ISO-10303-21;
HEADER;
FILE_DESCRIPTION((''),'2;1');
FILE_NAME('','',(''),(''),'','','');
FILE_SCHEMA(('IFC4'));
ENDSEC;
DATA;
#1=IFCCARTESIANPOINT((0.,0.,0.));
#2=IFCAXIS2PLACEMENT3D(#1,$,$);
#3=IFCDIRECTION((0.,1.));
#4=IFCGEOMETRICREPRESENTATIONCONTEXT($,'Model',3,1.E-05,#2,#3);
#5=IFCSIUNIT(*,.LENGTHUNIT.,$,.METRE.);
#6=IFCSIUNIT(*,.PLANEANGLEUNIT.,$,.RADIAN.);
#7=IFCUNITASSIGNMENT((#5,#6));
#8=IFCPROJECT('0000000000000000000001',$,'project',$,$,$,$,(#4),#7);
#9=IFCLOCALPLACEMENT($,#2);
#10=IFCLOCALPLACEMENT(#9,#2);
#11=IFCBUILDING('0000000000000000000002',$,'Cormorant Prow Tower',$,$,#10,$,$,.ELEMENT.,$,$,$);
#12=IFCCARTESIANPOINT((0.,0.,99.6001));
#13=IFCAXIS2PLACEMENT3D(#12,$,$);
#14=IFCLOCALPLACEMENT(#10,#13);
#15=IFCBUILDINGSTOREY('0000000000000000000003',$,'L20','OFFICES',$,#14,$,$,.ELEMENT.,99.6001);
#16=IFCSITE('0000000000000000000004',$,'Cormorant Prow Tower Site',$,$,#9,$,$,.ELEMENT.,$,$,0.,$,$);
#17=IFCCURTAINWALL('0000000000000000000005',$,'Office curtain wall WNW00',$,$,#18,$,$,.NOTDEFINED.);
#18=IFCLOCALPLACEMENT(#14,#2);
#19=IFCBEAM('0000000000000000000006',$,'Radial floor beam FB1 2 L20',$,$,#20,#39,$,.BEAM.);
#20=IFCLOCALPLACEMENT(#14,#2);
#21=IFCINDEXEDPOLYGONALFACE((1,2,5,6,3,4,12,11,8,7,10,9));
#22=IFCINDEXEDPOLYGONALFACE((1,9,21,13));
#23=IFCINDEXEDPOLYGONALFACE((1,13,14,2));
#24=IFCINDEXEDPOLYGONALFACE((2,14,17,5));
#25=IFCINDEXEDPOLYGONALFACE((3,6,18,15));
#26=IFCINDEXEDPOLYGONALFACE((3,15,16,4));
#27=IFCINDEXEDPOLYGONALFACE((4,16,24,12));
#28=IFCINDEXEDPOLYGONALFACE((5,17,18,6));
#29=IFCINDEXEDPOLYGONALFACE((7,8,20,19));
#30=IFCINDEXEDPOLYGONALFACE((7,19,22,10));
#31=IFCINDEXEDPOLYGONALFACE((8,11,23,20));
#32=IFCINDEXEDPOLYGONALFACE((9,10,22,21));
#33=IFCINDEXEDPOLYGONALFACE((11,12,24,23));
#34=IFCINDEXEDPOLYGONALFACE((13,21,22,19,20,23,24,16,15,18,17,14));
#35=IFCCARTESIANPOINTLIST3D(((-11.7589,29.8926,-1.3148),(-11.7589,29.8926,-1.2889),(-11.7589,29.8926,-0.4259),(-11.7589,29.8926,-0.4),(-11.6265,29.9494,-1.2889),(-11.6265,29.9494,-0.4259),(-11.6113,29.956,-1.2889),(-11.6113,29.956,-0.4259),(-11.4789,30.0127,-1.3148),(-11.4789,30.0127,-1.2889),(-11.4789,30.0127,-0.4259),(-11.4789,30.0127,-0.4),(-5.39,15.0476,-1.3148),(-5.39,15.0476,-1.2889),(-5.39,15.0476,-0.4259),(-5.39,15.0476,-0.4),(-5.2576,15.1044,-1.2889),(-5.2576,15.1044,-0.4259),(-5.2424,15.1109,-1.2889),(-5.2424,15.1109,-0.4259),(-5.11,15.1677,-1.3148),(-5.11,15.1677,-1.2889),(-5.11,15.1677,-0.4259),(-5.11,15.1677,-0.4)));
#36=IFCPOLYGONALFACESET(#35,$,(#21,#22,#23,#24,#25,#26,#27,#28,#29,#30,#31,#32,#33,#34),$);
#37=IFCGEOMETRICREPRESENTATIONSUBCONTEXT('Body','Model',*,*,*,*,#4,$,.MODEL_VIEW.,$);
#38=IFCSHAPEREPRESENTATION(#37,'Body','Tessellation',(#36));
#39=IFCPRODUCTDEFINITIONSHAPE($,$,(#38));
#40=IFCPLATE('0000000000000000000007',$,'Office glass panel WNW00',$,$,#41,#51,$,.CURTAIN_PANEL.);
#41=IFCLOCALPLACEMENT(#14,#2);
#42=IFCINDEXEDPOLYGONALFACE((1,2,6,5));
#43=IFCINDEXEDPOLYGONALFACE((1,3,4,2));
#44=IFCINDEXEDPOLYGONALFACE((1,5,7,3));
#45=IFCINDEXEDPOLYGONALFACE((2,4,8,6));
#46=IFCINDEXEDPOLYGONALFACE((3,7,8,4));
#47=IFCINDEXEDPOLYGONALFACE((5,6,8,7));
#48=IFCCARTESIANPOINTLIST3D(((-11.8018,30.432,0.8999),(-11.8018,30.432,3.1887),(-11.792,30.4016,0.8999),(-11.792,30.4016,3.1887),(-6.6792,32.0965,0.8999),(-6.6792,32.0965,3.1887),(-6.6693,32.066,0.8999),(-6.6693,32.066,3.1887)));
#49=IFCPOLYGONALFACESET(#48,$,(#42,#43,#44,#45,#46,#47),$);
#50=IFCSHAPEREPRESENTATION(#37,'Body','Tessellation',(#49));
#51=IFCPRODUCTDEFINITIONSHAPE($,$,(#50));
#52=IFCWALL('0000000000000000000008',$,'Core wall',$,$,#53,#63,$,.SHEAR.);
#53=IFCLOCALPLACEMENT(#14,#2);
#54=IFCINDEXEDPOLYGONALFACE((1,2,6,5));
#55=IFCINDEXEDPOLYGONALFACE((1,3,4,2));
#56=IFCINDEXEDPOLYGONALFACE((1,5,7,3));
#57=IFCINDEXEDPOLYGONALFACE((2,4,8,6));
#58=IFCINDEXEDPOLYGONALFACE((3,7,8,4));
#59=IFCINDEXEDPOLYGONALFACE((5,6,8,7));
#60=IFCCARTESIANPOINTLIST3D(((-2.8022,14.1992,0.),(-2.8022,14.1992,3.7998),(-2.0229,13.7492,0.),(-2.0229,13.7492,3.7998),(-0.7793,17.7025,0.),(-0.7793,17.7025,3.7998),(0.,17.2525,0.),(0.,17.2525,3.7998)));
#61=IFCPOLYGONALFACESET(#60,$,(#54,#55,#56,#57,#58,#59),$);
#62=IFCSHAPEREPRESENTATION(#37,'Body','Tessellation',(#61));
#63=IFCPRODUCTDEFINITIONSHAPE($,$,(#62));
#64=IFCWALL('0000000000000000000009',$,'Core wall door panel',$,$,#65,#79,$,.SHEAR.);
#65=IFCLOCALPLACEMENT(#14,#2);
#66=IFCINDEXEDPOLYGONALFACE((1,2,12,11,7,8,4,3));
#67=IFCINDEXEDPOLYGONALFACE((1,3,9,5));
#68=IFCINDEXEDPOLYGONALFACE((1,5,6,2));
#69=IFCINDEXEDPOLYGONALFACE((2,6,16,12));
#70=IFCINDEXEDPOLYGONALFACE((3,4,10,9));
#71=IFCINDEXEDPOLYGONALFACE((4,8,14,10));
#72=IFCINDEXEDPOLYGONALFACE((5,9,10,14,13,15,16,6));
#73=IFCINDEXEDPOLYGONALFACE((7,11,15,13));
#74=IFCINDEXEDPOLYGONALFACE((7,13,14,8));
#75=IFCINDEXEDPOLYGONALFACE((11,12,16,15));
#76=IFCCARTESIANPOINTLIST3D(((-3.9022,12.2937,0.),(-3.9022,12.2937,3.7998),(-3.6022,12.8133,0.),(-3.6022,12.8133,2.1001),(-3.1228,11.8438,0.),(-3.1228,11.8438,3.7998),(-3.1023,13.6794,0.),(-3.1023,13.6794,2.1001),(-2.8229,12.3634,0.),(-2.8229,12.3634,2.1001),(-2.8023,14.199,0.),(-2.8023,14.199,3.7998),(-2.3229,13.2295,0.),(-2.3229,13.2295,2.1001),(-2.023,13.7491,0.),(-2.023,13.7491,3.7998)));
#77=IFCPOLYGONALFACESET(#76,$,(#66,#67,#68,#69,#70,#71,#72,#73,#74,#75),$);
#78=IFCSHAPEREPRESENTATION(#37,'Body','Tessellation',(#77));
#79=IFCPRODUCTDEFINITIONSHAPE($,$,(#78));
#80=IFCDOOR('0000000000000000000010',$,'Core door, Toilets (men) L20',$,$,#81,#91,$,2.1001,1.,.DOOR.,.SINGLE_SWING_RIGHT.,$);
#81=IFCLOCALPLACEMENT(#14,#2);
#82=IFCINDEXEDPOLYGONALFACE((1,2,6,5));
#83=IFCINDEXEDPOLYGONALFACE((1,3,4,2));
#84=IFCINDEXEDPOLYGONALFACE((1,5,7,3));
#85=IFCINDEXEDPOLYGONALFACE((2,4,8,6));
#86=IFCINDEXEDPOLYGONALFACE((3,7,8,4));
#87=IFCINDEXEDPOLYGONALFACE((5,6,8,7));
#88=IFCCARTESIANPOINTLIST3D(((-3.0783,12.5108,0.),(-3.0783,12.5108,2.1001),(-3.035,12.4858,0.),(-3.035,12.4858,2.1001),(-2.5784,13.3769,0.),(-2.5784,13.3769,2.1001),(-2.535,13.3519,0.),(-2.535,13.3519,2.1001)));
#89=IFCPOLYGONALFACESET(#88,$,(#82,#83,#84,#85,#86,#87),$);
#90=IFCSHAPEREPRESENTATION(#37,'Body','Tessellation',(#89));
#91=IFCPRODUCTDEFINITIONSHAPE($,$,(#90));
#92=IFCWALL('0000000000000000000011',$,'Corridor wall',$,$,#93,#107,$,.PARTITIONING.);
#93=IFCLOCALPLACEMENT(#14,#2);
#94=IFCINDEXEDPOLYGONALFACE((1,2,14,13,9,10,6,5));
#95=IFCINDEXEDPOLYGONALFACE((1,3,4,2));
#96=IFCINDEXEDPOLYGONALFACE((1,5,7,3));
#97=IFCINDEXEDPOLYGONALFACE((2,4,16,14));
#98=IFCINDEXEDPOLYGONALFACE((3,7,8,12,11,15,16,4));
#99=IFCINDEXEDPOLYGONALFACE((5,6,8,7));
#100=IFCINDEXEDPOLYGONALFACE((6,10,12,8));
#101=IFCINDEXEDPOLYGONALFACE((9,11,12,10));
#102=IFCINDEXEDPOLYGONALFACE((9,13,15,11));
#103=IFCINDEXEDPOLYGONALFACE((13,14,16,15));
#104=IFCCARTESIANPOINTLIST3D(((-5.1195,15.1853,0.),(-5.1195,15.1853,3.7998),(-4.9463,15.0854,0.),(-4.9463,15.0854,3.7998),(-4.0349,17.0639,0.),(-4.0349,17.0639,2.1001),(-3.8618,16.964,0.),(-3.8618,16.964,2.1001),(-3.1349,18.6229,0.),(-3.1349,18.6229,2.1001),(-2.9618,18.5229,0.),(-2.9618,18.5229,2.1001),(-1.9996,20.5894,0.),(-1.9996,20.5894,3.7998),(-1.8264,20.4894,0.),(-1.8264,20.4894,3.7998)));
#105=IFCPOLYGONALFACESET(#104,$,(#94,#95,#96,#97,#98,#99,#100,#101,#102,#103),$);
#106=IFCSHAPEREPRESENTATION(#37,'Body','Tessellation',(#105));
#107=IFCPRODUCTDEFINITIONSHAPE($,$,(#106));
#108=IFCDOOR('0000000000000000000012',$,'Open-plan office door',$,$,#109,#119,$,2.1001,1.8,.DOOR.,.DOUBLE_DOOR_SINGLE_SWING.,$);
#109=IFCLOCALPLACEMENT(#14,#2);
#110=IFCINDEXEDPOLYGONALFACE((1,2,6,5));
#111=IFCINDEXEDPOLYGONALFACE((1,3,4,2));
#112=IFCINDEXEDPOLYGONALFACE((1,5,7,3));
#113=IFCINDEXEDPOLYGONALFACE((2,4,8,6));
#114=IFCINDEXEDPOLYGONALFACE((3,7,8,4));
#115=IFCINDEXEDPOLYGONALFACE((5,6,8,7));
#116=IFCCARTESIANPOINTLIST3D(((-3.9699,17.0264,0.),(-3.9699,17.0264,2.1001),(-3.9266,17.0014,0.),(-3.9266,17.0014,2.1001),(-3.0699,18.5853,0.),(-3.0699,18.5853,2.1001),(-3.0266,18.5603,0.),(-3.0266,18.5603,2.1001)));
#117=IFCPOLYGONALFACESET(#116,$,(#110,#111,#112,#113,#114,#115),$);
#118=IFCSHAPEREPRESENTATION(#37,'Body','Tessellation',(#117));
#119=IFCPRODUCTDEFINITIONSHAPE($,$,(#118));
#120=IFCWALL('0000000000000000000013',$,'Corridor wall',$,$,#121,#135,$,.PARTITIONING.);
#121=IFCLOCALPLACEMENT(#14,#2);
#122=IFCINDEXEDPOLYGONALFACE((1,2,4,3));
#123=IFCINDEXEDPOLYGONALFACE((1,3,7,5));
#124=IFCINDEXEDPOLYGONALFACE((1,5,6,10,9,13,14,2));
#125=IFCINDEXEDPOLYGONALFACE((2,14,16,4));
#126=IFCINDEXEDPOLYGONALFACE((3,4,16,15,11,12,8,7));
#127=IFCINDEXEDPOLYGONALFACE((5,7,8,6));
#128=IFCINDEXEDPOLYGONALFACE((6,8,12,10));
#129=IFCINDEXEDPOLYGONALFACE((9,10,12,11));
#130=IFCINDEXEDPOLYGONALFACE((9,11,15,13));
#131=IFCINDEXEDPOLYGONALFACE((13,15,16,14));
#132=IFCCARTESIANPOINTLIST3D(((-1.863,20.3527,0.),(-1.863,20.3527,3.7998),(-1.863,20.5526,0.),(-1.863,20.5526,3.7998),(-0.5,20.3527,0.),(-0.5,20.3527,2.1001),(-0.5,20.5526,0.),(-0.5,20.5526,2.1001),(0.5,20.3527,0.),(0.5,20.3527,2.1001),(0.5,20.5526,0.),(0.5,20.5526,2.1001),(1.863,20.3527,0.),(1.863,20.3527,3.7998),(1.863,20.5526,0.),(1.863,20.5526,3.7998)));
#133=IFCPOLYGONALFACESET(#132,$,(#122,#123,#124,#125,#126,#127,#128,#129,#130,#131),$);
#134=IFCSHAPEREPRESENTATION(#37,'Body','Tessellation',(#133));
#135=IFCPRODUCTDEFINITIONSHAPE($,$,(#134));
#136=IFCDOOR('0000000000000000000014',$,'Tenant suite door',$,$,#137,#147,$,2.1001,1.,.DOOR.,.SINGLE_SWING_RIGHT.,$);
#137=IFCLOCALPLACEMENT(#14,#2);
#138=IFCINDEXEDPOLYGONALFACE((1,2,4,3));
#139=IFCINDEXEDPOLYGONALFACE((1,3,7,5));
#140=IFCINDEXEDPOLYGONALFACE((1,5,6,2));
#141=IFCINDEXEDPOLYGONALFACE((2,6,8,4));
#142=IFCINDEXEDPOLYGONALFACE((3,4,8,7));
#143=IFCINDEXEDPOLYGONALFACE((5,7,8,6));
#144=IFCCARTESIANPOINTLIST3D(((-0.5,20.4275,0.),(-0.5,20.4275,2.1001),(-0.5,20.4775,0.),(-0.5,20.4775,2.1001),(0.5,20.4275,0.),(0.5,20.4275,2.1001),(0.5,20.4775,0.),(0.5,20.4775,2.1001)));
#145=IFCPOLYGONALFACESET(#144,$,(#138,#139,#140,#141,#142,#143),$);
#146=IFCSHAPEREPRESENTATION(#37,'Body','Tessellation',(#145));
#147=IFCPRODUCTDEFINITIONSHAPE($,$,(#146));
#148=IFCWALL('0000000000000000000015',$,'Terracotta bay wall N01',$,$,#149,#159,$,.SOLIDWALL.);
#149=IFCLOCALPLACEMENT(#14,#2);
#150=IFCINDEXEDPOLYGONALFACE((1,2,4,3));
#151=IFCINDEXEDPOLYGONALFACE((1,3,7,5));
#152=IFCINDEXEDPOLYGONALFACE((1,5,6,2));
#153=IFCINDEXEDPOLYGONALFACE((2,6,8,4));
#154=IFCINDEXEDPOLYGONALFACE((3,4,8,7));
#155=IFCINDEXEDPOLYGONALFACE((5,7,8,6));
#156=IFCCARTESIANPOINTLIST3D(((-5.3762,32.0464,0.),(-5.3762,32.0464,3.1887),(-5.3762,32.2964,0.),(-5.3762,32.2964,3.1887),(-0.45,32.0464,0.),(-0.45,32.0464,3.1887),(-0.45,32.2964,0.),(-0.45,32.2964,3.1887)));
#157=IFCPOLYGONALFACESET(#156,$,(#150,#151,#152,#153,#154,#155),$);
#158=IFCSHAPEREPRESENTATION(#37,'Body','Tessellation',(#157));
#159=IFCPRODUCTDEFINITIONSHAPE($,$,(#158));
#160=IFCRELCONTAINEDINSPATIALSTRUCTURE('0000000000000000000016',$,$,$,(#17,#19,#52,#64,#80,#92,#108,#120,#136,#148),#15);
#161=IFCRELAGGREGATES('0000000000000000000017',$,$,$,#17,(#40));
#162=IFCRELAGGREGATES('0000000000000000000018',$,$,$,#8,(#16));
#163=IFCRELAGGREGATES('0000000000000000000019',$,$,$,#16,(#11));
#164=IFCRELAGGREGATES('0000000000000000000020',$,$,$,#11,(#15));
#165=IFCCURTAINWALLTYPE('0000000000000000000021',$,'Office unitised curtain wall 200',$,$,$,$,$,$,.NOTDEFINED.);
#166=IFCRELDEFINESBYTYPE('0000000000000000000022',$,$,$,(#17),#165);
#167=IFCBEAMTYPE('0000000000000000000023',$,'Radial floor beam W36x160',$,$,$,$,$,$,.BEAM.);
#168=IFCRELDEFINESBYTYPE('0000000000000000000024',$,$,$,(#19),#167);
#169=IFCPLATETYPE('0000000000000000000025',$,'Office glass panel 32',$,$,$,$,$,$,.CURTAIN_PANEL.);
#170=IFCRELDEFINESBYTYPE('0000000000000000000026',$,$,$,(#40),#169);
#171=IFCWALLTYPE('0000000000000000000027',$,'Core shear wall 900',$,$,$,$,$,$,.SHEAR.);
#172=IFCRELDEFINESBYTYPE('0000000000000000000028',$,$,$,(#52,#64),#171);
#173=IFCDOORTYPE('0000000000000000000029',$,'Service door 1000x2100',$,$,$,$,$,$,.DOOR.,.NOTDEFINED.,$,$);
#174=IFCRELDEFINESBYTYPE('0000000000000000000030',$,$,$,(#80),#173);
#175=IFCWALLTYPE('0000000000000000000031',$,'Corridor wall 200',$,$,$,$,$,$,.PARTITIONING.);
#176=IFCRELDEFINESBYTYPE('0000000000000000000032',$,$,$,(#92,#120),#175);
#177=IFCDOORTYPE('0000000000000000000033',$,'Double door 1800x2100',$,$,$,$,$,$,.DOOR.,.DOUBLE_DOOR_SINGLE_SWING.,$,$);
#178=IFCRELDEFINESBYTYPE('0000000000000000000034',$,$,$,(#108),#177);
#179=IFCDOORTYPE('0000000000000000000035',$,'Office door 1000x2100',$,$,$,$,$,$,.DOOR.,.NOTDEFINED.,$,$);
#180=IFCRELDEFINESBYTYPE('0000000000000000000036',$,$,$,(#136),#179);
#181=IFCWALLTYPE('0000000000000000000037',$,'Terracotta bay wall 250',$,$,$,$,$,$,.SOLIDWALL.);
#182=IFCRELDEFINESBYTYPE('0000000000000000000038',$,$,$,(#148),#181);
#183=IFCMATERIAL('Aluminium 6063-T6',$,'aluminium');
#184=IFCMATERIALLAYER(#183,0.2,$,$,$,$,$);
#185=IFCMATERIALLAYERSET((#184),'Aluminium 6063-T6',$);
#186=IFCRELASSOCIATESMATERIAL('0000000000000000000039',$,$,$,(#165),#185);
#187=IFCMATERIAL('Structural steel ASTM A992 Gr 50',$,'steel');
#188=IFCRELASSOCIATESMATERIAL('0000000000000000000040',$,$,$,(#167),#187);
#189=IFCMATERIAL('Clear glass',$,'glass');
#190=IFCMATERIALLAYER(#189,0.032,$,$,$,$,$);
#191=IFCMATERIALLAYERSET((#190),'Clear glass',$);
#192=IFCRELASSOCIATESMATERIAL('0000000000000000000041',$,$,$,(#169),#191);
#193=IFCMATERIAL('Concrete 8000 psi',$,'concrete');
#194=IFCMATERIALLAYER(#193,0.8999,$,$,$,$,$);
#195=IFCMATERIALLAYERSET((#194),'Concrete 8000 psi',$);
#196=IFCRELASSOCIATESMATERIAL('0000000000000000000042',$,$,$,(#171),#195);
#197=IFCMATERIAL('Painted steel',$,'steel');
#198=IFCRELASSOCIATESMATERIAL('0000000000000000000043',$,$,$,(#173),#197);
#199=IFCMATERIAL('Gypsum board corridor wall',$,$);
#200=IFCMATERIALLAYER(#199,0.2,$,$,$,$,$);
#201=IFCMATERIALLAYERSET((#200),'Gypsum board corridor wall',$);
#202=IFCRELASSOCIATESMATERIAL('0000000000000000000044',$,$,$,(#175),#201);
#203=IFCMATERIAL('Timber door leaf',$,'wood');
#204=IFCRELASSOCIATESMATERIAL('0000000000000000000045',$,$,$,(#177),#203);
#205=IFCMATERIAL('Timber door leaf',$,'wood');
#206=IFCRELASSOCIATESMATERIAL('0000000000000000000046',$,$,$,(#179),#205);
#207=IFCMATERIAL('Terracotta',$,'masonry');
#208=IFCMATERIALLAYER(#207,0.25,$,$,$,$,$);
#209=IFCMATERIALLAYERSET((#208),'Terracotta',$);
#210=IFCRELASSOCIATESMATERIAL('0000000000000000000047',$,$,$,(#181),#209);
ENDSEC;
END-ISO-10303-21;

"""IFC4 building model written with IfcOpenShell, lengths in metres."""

from ifc_helpers import new_model, si_unit, direction, frame, frame_2d, origin, origin_2d, place, context, subcontext, project, spatial, rectangle, i_section, extrude, material, layer, layer_set, material_profile, profile_set, type_object, element, fill, aggregate, save


model = new_model("IFC4")

# Units and contexts
model_context = context("Model", 3, precision=1e-05, world=origin(), true_north=direction((0.0, 1.0)))
body_context = subcontext(model_context, "Body", "Model", "MODEL_VIEW")
ifc_project = project(units=[si_unit("LENGTHUNIT", "METRE"), si_unit("PLANEANGLEUNIT", "RADIAN")], contexts=[model_context])

# Site, building, storey
site_placement = place(None, origin())
site = spatial("IfcSite", under=ifc_project, at=site_placement, Name="Cormorant Prow Tower Site", CompositionType="ELEMENT", RefElevation=0.0)
building_placement = place(site_placement, origin())
building = spatial("IfcBuilding", under=site, at=building_placement, Name="Cormorant Prow Tower", CompositionType="ELEMENT")
storey_placement = place(building_placement, frame((0.0, 0.0, 99.6001)))
storey = spatial("IfcBuildingStorey", under=building, at=storey_placement, Name="L20", Description="OFFICES", CompositionType="ELEMENT", Elevation=99.6001)

# Curtain wall
ifc_material_1 = material(Name="Aluminium 6063-T6", Category="aluminium")
ifc_layer_1 = layer(ifc_material_1, 0.2)
ifc_layer_set_1 = layer_set([ifc_layer_1], Name="Aluminium 6063-T6")
curtain_wall_type = type_object("IfcCurtainWallType", Name="Office unitised curtain wall 200", PredefinedType="NOTDEFINED", material=ifc_layer_set_1)
curtain_wall_placement = place(storey_placement, origin())
curtain_wall = element("IfcCurtainWall", 1, at=curtain_wall_placement, inside=storey, type_object=curtain_wall_type, Name="Office curtain wall WNW00", PredefinedType="NOTDEFINED")

# Beam
ifc_material_2 = material(Name="Structural steel ASTM A992 Gr 50", Category="steel")
ifc_material_profile_1 = material_profile(ifc_material_2, i_section(OverallWidth=0.3047, OverallDepth=0.9148, WebThickness=0.0166, FlangeThickness=0.0259, at=origin_2d()), Name="W36x160")
ifc_profile_set_1 = profile_set([ifc_material_profile_1], Name="Structural steel ASTM A992 Gr 50")
beam_type_1 = type_object("IfcBeamType", Name="Radial floor beam W36x160", PredefinedType="BEAM", material=ifc_profile_set_1)
beam_1_placement = place(storey_placement, frame((-5.25, 15.1077, -0.8574), z_axis=(-0.394273, 0.918993, 0.0), x_axis=(-0.918993, -0.394273, 0.0)))
element("IfcBeam", 2, at=beam_1_placement, inside=storey, type_object=beam_type_1, Name="Radial floor beam FB1 2 L20", PredefinedType="BEAM", context=body_context, shape_type="SweptSolid", body=[
    extrude(i_section(OverallWidth=0.3047, OverallDepth=0.9148, WebThickness=0.0166, FlangeThickness=0.0259, at=origin_2d()), origin(), (0.0, 0.0, 1.0), 16.1536),
])

# Plate
ifc_material_3 = material(Name="Clear glass", Category="glass")
ifc_layer_2 = layer(ifc_material_3, 0.032)
ifc_layer_set_2 = layer_set([ifc_layer_2], Name="Clear glass")
plate_type = type_object("IfcPlateType", Name="Office glass panel 32", PredefinedType="CURTAIN_PANEL", material=ifc_layer_set_2)
plate_placement = place(storey_placement, frame((-9.2356, 31.249, 0.8999), z_axis=(0.0, 0.0, 1.0), x_axis=(-0.951057, -0.309017, 0.0)))
plate = element("IfcPlate", 3, at=plate_placement, type_object=plate_type, Name="Office glass panel WNW00", PredefinedType="CURTAIN_PANEL", context=body_context, shape_type="SweptSolid", body=[
    extrude(rectangle(XDim=5.3862, YDim=0.032, at=origin_2d()), origin(), (0.0, 0.0, 1.0), 2.2888),
])
aggregate(curtain_wall, [plate])

# Wall
ifc_material_4 = material(Name="Concrete 8000 psi", Category="concrete")
ifc_layer_3 = layer(ifc_material_4, 0.8999)
ifc_layer_set_3 = layer_set([ifc_layer_3], Name="Concrete 8000 psi")
wall_type_1 = type_object("IfcWallType", Name="Core shear wall 900", PredefinedType="SHEAR", material=ifc_layer_set_3)
wall_1_placement = place(storey_placement, frame((-0.3896, 17.4775, 0.0), z_axis=(0.0, 0.0, 1.0), x_axis=(-0.500046, -0.865999, 0.0)))
element("IfcWall", 4, at=wall_1_placement, inside=storey, type_object=wall_type_1, Name="Core wall", PredefinedType="SHEAR", context=body_context, shape_type="SweptSolid", body=[
    extrude(rectangle(XDim=4.0454, YDim=0.8999, at=frame_2d((2.0227, 0.0))), origin(), (0.0, 0.0, 1.0), 3.7998),
])

# Walls, openings, doors
wall_2_placement = place(storey_placement, frame((-2.4126, 13.9741, 0.0), z_axis=(0.0, 0.0, 1.0), x_axis=(-0.499947, -0.866056, 0.0)))
wall_2 = element("IfcWall", 5, at=wall_2_placement, inside=storey, type_object=wall_type_1, Name="Core wall door panel", PredefinedType="SHEAR", context=body_context, shape_type="SweptSolid", body=[
    extrude(rectangle(XDim=2.2, YDim=0.8999, at=frame_2d((1.1001, 0.0))), origin(), (0.0, 0.0, 1.0), 3.7998),
])
opening_1_placement = place(wall_2_placement, frame((0.6001, 0.0, 0.0)))
opening_1 = element("IfcOpeningElement", 6, at=opening_1_placement, cuts=wall_2, PredefinedType="OPENING", context=body_context, shape_type="SweptSolid", body=[
    extrude(rectangle(XDim=1.0, YDim=2.1001, at=frame_2d((0.5, 1.05))), frame((0.0, 0.46, 0.0), z_axis=(0.0, -1.0, 0.0), x_axis=(1.0, 0.0, 0.0)), (0.0, 0.0, 1.0), 0.9199),
])
ifc_material_5 = material(Name="Painted steel", Category="steel")
door_type_1 = type_object("IfcDoorType", Name="Service door 1000x2100", OperationType="NOTDEFINED", PredefinedType="DOOR", material=ifc_material_5)
door_1_placement = place(opening_1_placement, origin())
door_1 = element("IfcDoor", 7, at=door_1_placement, inside=storey, type_object=door_type_1, Name="Core door, Toilets (men) L20", OperationType="SINGLE_SWING_RIGHT", OverallHeight=2.1001, OverallWidth=1.0, PredefinedType="DOOR", context=body_context, shape_type="SweptSolid", body=[
    extrude(rectangle(XDim=1.0, YDim=2.1001, at=frame_2d((0.5, 1.05))), frame((0.0, 0.2051, 0.0), z_axis=(0.0, -1.0, 0.0), x_axis=(1.0, 0.0, 0.0)), (0.0, 0.0, 1.0), 0.05),
])
fill(opening_1, door_1)
ifc_material_6 = material(Name="Gypsum board corridor wall")
ifc_layer_4 = layer(ifc_material_6, 0.2)
ifc_layer_set_4 = layer_set([ifc_layer_4], Name="Gypsum board corridor wall")
wall_type_2 = type_object("IfcWallType", Name="Corridor wall 200", PredefinedType="PARTITIONING", material=ifc_layer_set_4)
wall_3_placement = place(storey_placement, frame((-5.033, 15.1353, 0.0), z_axis=(0.0, 0.0, 1.0), x_axis=(0.499981, 0.866036, 0.0)))
wall_3 = element("IfcWall", 8, at=wall_3_placement, inside=storey, type_object=wall_type_2, Name="Corridor wall", PredefinedType="PARTITIONING", context=body_context, shape_type="SweptSolid", body=[
    extrude(rectangle(XDim=6.24, YDim=0.2, at=frame_2d((3.1201, 0.0))), origin(), (0.0, 0.0, 1.0), 3.7998),
])
opening_2_placement = place(wall_3_placement, frame((2.1694, 0.0, 0.0)))
opening_2 = element("IfcOpeningElement", 9, at=opening_2_placement, cuts=wall_3, PredefinedType="OPENING", context=body_context, shape_type="SweptSolid", body=[
    extrude(rectangle(XDim=1.8, YDim=2.1001, at=frame_2d((0.8999, 1.05))), frame((0.0, 0.1099, 0.0), z_axis=(0.0, -1.0, 0.0), x_axis=(1.0, 0.0, 0.0)), (0.0, 0.0, 1.0), 0.22),
])
ifc_material_7 = material(Name="Timber door leaf", Category="wood")
door_type_2 = type_object("IfcDoorType", Name="Double door 1800x2100", OperationType="DOUBLE_DOOR_SINGLE_SWING", PredefinedType="DOOR", material=ifc_material_7)
door_2_placement = place(opening_2_placement, origin())
door_2 = element("IfcDoor", 10, at=door_2_placement, inside=storey, type_object=door_type_2, Name="Open-plan office door", OperationType="DOUBLE_DOOR_SINGLE_SWING", OverallHeight=2.1001, OverallWidth=1.8, PredefinedType="DOOR", context=body_context, shape_type="SweptSolid", body=[
    extrude(rectangle(XDim=1.8, YDim=2.1001, at=frame_2d((0.8999, 1.05))), frame((0.0, 0.0249, 0.0), z_axis=(0.0, -1.0, 0.0), x_axis=(1.0, 0.0, 0.0)), (0.0, 0.0, 1.0), 0.05),
])
fill(opening_2, door_2)
wall_4_placement = place(storey_placement, frame((-1.863, 20.4526, 0.0), z_axis=(0.0, 0.0, 1.0), x_axis=(1.0, 0.0, 0.0)))
wall_4 = element("IfcWall", 11, at=wall_4_placement, inside=storey, type_object=wall_type_2, Name="Corridor wall", PredefinedType="PARTITIONING", context=body_context, shape_type="SweptSolid", body=[
    extrude(rectangle(XDim=3.7261, YDim=0.2, at=frame_2d((1.863, 0.0))), origin(), (0.0, 0.0, 1.0), 3.7998),
])
opening_3_placement = place(wall_4_placement, frame((1.363, 0.0, 0.0)))
opening_3 = element("IfcOpeningElement", 12, at=opening_3_placement, cuts=wall_4, PredefinedType="OPENING", context=body_context, shape_type="SweptSolid", body=[
    extrude(rectangle(XDim=1.0, YDim=2.1001, at=frame_2d((0.5, 1.05))), frame((0.0, 0.1099, 0.0), z_axis=(0.0, -1.0, 0.0), x_axis=(1.0, 0.0, 0.0)), (0.0, 0.0, 1.0), 0.22),
])
ifc_material_8 = material(Name="Timber door leaf", Category="wood")
door_type_3 = type_object("IfcDoorType", Name="Office door 1000x2100", OperationType="NOTDEFINED", PredefinedType="DOOR", material=ifc_material_8)
door_3_placement = place(opening_3_placement, origin())
door_3 = element("IfcDoor", 13, at=door_3_placement, inside=storey, type_object=door_type_3, Name="Tenant suite door", OperationType="SINGLE_SWING_RIGHT", OverallHeight=2.1001, OverallWidth=1.0, PredefinedType="DOOR", context=body_context, shape_type="SweptSolid", body=[
    extrude(rectangle(XDim=1.0, YDim=2.1001, at=frame_2d((0.5, 1.05))), frame((0.0, 0.0249, 0.0), z_axis=(0.0, -1.0, 0.0), x_axis=(1.0, 0.0, 0.0)), (0.0, 0.0, 1.0), 0.05),
])
fill(opening_3, door_3)

# Wall
ifc_material_9 = material(Name="Terracotta", Category="masonry")
ifc_layer_5 = layer(ifc_material_9, 0.25)
ifc_layer_set_5 = layer_set([ifc_layer_5], Name="Terracotta")
wall_type_3 = type_object("IfcWallType", Name="Terracotta bay wall 250", PredefinedType="SOLIDWALL", material=ifc_layer_set_5)
wall_5_placement = place(storey_placement, frame((-0.45, 32.1714, 0.0), z_axis=(0.0, 0.0, 1.0), x_axis=(-1.0, 0.0, 0.0)))
element("IfcWall", 14, at=wall_5_placement, inside=storey, type_object=wall_type_3, Name="Terracotta bay wall N01", PredefinedType="SOLIDWALL", context=body_context, shape_type="SweptSolid", body=[
    extrude(rectangle(XDim=4.9263, YDim=0.25, at=frame_2d((2.4631, 0.0))), origin(), (0.0, 0.0, 1.0), 3.1887),
])

save(model, "model.ifc")
